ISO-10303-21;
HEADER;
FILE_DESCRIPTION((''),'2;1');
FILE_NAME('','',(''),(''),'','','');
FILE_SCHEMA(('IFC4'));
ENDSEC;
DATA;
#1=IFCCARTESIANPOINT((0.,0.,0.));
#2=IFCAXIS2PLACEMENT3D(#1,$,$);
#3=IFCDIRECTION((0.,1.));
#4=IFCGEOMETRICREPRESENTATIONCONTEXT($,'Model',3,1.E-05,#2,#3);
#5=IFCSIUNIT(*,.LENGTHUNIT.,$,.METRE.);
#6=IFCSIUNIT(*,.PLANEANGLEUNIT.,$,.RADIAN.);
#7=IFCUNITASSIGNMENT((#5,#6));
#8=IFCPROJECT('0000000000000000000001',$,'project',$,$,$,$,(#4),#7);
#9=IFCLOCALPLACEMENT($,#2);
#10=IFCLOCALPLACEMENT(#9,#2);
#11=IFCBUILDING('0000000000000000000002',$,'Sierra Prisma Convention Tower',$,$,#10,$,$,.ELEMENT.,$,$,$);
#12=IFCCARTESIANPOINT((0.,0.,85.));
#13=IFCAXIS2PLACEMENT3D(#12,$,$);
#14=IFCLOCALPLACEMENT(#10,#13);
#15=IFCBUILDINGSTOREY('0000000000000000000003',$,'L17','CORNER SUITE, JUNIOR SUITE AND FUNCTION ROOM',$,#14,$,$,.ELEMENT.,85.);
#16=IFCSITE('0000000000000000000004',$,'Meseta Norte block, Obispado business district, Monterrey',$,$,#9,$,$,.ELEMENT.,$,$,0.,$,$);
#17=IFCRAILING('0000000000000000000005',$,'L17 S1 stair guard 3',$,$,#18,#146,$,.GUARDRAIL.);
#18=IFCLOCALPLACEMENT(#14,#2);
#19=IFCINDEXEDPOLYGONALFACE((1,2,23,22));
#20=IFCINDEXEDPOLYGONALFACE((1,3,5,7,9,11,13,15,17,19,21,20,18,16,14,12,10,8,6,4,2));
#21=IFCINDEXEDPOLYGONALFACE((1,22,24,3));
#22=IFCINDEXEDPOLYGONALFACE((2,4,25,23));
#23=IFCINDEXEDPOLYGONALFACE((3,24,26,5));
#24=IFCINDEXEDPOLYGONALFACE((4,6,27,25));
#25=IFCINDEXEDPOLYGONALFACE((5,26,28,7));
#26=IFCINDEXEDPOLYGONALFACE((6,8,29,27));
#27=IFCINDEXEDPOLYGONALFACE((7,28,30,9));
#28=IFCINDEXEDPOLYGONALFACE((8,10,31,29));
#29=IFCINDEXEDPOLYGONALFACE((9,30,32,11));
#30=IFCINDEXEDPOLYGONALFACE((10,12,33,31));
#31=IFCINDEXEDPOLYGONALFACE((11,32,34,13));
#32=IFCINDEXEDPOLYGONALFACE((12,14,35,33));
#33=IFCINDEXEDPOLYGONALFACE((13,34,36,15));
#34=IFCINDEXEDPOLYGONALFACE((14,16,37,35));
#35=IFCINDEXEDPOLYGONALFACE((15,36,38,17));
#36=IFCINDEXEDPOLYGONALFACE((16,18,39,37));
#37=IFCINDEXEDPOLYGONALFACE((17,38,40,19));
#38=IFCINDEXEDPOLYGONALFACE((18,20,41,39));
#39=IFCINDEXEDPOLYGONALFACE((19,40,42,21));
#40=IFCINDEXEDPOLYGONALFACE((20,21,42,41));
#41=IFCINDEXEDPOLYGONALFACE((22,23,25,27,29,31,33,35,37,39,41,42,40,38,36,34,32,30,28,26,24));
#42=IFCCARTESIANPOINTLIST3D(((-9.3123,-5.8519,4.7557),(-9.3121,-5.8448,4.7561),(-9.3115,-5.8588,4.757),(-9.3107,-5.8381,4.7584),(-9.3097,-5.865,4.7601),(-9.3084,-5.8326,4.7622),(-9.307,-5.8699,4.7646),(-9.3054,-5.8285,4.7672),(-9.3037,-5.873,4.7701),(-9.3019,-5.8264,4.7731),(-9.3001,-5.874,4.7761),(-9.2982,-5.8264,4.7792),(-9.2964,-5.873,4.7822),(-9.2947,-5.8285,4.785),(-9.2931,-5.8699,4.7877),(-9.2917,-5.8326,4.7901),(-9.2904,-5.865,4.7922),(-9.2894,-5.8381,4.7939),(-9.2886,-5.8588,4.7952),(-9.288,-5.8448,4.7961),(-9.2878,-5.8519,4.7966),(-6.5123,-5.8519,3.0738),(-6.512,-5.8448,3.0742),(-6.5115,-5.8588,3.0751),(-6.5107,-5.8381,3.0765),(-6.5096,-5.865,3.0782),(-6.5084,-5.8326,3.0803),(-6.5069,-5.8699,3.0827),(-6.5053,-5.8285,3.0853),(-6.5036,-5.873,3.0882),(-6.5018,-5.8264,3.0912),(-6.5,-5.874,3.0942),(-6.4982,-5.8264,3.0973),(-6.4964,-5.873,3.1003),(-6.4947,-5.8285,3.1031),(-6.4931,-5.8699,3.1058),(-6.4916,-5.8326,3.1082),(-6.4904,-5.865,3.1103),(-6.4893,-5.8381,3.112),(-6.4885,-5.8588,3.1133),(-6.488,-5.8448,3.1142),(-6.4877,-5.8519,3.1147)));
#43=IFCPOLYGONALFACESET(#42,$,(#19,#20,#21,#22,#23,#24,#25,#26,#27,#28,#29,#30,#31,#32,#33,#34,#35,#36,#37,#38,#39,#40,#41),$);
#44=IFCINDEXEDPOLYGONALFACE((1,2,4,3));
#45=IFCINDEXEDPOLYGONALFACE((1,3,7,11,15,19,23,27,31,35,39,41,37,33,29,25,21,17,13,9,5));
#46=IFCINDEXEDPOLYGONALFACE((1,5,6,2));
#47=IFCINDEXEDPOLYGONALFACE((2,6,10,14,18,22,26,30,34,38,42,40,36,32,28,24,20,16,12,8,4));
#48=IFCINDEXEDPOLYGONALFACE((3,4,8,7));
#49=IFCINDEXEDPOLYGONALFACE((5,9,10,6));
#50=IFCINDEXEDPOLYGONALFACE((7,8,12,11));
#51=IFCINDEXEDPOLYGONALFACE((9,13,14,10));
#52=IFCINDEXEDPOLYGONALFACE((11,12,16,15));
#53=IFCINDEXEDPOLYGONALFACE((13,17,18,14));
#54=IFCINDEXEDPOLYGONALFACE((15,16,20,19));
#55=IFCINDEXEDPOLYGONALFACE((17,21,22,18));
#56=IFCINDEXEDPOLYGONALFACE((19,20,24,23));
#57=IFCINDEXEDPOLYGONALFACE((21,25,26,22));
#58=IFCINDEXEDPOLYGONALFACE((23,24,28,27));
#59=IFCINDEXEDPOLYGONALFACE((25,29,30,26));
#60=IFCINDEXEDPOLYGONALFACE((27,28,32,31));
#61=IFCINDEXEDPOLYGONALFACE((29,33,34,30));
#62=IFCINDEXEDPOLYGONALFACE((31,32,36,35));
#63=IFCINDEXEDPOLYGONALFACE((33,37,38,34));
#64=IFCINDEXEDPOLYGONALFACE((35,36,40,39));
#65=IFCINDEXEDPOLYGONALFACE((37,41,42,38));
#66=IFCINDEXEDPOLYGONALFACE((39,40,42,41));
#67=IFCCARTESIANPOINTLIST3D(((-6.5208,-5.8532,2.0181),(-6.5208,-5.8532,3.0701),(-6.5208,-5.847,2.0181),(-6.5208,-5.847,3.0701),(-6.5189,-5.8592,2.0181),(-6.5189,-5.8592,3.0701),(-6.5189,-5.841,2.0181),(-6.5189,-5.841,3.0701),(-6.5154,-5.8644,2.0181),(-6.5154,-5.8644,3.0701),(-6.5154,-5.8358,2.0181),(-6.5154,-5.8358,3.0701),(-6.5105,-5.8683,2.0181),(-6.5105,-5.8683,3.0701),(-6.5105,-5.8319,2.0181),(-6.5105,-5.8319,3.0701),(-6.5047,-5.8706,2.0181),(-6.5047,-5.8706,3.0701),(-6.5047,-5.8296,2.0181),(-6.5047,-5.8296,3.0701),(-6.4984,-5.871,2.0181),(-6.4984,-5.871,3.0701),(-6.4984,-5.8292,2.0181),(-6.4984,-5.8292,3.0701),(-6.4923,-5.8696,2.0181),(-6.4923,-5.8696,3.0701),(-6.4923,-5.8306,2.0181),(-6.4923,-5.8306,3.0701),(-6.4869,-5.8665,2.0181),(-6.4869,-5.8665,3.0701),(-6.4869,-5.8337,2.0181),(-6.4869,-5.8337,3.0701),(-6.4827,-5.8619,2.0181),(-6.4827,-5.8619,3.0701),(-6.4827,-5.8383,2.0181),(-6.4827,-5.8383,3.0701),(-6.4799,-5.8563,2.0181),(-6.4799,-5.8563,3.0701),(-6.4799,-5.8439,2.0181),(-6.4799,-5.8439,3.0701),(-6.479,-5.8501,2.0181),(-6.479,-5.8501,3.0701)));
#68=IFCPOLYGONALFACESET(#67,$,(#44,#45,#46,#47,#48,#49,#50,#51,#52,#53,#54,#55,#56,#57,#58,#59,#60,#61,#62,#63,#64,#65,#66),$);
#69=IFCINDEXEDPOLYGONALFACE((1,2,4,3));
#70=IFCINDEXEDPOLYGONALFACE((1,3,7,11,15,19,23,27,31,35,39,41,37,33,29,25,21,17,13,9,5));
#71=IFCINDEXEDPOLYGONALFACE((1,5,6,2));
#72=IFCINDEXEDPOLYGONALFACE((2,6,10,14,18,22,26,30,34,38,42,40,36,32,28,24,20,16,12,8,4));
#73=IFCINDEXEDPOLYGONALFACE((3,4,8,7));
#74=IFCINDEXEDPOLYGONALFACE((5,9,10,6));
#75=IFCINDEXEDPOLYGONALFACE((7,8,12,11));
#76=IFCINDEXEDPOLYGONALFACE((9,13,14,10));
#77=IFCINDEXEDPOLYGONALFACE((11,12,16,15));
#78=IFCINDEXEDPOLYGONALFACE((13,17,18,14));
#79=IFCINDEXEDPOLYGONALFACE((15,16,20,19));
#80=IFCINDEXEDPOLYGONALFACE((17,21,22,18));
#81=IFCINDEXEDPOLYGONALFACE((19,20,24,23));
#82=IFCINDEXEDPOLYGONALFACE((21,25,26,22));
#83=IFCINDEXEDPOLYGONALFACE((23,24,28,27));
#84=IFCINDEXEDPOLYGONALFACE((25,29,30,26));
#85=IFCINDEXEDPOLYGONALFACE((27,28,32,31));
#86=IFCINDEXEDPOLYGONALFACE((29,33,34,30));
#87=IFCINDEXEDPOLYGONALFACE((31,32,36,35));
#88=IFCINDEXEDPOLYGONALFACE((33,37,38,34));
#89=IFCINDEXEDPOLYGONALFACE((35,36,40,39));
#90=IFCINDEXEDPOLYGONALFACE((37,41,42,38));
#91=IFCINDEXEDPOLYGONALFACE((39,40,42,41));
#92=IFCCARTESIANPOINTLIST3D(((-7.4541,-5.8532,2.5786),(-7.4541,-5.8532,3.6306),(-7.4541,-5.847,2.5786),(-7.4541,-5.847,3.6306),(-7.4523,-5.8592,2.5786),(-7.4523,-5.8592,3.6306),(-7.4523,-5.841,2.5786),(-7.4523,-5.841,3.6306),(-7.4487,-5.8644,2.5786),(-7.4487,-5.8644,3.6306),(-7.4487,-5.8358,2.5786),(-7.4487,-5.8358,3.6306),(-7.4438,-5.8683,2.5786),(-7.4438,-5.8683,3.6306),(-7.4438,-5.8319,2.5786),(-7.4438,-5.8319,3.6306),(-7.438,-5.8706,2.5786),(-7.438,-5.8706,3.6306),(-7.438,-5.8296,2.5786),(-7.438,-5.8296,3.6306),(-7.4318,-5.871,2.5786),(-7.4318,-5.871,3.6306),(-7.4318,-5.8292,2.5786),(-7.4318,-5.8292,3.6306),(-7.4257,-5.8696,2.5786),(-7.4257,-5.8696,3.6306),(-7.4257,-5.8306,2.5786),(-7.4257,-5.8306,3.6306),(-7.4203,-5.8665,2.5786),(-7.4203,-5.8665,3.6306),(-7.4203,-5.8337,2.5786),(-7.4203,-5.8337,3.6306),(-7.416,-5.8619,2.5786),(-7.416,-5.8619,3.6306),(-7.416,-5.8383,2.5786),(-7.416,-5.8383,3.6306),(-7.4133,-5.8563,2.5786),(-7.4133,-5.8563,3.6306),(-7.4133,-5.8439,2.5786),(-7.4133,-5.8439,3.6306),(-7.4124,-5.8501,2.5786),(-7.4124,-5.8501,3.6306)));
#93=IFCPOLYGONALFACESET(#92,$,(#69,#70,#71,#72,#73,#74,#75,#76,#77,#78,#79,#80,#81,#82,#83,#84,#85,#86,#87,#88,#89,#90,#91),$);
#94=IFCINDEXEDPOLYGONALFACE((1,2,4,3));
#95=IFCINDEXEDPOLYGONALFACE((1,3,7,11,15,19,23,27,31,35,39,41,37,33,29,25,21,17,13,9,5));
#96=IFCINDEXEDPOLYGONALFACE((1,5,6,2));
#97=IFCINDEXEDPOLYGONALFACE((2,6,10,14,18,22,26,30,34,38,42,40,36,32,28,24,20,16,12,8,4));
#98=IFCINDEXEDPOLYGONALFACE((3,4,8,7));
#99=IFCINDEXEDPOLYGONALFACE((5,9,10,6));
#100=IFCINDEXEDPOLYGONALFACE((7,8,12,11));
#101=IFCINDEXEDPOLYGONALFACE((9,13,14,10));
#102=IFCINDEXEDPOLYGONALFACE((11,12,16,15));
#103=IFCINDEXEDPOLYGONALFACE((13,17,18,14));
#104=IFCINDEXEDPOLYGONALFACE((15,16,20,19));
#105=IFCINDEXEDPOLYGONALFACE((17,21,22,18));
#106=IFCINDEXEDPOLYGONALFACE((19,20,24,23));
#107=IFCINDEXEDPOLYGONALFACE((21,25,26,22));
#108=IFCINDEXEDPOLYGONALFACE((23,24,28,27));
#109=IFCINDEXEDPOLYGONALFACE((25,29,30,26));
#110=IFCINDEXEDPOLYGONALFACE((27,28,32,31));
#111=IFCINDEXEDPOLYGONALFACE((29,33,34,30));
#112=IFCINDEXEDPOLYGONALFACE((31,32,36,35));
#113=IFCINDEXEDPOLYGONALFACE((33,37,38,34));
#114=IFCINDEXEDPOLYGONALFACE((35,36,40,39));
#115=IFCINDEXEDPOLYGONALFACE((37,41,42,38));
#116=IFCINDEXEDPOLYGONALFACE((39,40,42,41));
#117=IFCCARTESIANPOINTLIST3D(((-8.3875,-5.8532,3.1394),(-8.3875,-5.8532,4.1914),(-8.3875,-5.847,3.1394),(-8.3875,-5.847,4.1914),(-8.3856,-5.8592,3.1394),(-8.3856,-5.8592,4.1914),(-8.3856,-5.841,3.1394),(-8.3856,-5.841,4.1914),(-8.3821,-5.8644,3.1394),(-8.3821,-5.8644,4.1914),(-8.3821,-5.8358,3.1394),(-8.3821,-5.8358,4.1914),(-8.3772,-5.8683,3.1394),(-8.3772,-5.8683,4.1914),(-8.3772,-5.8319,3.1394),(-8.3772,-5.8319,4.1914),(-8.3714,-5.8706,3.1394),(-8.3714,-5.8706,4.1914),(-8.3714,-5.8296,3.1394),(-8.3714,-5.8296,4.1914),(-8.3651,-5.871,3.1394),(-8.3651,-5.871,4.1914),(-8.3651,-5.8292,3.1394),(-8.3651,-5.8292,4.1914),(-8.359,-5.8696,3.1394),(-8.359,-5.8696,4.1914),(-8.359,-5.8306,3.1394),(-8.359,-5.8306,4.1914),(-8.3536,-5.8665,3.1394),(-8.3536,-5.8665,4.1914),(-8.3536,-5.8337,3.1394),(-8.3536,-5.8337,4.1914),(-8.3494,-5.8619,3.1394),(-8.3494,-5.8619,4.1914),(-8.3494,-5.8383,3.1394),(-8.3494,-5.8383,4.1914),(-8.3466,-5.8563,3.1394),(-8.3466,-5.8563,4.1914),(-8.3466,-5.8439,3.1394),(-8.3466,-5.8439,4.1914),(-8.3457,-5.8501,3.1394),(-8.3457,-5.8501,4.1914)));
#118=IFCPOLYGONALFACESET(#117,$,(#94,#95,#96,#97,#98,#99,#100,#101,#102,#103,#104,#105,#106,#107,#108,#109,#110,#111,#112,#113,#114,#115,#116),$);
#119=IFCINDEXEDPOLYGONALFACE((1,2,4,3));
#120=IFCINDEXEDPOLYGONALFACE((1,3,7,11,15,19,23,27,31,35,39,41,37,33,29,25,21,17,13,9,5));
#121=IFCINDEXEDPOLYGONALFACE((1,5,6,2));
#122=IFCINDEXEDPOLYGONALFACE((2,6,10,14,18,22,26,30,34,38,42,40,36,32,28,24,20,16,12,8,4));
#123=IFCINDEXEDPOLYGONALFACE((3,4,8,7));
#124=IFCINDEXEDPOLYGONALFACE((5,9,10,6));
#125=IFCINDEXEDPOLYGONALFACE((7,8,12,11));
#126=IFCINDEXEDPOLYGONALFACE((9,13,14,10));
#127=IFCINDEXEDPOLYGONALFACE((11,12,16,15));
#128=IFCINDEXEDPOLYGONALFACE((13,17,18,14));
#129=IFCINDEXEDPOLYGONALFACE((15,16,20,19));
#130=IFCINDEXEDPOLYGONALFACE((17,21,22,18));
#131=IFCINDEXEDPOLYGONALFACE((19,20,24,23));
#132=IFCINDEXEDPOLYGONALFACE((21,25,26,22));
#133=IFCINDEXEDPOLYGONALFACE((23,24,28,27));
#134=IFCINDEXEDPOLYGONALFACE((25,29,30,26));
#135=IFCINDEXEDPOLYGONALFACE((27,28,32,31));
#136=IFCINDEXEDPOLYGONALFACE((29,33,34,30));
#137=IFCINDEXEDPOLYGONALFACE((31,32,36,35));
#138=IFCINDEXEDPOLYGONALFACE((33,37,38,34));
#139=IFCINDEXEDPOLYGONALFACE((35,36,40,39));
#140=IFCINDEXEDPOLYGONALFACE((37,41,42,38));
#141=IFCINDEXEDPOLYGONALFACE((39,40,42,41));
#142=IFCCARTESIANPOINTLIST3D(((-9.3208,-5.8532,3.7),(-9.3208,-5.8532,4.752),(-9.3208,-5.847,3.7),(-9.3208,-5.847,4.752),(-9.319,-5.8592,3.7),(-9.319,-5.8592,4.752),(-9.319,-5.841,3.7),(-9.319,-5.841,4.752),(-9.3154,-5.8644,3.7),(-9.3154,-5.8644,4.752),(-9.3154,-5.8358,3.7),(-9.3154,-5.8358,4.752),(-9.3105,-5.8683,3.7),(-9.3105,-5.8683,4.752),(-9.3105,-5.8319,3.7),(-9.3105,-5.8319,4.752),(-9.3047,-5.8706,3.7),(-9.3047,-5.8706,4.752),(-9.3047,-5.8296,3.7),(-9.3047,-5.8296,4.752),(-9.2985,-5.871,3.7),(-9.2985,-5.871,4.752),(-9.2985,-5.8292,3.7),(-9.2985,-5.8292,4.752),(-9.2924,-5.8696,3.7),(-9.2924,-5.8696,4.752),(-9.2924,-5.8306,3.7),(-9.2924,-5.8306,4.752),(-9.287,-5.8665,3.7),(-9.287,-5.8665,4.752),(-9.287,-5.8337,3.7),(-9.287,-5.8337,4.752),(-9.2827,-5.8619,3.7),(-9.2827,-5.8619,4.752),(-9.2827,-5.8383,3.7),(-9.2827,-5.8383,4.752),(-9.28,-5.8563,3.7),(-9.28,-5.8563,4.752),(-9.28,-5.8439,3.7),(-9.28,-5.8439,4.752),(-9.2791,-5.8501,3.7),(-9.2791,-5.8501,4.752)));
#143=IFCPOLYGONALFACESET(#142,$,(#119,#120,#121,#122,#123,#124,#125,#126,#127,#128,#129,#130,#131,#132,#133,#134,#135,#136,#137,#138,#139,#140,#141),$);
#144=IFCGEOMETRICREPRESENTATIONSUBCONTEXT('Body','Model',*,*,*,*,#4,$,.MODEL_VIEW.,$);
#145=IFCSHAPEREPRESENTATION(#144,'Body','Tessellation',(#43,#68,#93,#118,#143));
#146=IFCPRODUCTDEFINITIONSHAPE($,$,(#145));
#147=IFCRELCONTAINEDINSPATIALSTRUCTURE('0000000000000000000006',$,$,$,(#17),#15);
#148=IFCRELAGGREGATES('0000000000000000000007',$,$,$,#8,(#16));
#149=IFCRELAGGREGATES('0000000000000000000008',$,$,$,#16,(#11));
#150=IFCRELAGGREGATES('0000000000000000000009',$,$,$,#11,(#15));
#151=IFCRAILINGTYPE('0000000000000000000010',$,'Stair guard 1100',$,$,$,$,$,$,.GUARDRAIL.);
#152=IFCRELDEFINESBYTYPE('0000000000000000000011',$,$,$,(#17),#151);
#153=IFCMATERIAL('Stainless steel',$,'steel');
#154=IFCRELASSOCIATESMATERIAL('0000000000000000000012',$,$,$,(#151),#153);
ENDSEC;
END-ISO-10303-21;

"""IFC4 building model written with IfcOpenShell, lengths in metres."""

from ifc_helpers import new_model, si_unit, direction, frame, origin, origin_2d, place, context, subcontext, project, spatial, circle, extrude, material, type_object, element, save


model = new_model("IFC4")

# Units and contexts
model_context = context("Model", 3, precision=1e-05, world=origin(), true_north=direction((0.0, 1.0)))
body_context = subcontext(model_context, "Body", "Model", "MODEL_VIEW")
ifc_project = project(units=[si_unit("LENGTHUNIT", "METRE"), si_unit("PLANEANGLEUNIT", "RADIAN")], contexts=[model_context])

# Site, building, storey
site_placement = place(None, origin())
site = spatial("IfcSite", under=ifc_project, at=site_placement, Name="Meseta Norte block, Obispado business district, Monterrey", CompositionType="ELEMENT", RefElevation=0.0)
building_placement = place(site_placement, origin())
building = spatial("IfcBuilding", under=site, at=building_placement, Name="Sierra Prisma Convention Tower", CompositionType="ELEMENT")
storey_placement = place(building_placement, frame((0.0, 0.0, 85.0)))
storey = spatial("IfcBuildingStorey", under=building, at=storey_placement, Name="L17", Description="CORNER SUITE, JUNIOR SUITE AND FUNCTION ROOM", CompositionType="ELEMENT", Elevation=85.0)

# Railing
ifc_material_1 = material(Name="Stainless steel", Category="steel")
railing_type_1 = type_object("IfcRailingType", Name="Stair guard 1100", PredefinedType="GUARDRAIL", material=ifc_material_1)
railing_1_placement = place(storey_placement, frame((-6.5, -5.8501, 2.0181)))
element("IfcRailing", 1, at=railing_1_placement, inside=storey, type_object=railing_type_1, Name="L17 S1 stair guard 3", PredefinedType="GUARDRAIL", context=body_context, shape_type="SweptSolid", body=[
    extrude(circle(Radius=0.0239, at=origin_2d()), frame((0.0, 0.0, 1.0762), z_axis=(-0.857242, 0.0, 0.514913), x_axis=(0.0, -1.0, 0.0)), (0.0, 0.0, 1.0), 3.2664),
    extrude(circle(Radius=0.021, at=origin_2d()), origin(), (0.0, 0.0, 1.0), 1.052),
    extrude(circle(Radius=0.021, at=origin_2d()), frame((-0.9333, 0.0, 0.5605)), (0.0, 0.0, 1.0), 1.052),
    extrude(circle(Radius=0.021, at=origin_2d()), frame((-1.8667, 0.0, 1.1213)), (0.0, 0.0, 1.0), 1.052),
    extrude(circle(Radius=0.021, at=origin_2d()), frame((-2.8, 0.0, 1.6819)), (0.0, 0.0, 1.0), 1.052),
])

save(model, "model.ifc")
